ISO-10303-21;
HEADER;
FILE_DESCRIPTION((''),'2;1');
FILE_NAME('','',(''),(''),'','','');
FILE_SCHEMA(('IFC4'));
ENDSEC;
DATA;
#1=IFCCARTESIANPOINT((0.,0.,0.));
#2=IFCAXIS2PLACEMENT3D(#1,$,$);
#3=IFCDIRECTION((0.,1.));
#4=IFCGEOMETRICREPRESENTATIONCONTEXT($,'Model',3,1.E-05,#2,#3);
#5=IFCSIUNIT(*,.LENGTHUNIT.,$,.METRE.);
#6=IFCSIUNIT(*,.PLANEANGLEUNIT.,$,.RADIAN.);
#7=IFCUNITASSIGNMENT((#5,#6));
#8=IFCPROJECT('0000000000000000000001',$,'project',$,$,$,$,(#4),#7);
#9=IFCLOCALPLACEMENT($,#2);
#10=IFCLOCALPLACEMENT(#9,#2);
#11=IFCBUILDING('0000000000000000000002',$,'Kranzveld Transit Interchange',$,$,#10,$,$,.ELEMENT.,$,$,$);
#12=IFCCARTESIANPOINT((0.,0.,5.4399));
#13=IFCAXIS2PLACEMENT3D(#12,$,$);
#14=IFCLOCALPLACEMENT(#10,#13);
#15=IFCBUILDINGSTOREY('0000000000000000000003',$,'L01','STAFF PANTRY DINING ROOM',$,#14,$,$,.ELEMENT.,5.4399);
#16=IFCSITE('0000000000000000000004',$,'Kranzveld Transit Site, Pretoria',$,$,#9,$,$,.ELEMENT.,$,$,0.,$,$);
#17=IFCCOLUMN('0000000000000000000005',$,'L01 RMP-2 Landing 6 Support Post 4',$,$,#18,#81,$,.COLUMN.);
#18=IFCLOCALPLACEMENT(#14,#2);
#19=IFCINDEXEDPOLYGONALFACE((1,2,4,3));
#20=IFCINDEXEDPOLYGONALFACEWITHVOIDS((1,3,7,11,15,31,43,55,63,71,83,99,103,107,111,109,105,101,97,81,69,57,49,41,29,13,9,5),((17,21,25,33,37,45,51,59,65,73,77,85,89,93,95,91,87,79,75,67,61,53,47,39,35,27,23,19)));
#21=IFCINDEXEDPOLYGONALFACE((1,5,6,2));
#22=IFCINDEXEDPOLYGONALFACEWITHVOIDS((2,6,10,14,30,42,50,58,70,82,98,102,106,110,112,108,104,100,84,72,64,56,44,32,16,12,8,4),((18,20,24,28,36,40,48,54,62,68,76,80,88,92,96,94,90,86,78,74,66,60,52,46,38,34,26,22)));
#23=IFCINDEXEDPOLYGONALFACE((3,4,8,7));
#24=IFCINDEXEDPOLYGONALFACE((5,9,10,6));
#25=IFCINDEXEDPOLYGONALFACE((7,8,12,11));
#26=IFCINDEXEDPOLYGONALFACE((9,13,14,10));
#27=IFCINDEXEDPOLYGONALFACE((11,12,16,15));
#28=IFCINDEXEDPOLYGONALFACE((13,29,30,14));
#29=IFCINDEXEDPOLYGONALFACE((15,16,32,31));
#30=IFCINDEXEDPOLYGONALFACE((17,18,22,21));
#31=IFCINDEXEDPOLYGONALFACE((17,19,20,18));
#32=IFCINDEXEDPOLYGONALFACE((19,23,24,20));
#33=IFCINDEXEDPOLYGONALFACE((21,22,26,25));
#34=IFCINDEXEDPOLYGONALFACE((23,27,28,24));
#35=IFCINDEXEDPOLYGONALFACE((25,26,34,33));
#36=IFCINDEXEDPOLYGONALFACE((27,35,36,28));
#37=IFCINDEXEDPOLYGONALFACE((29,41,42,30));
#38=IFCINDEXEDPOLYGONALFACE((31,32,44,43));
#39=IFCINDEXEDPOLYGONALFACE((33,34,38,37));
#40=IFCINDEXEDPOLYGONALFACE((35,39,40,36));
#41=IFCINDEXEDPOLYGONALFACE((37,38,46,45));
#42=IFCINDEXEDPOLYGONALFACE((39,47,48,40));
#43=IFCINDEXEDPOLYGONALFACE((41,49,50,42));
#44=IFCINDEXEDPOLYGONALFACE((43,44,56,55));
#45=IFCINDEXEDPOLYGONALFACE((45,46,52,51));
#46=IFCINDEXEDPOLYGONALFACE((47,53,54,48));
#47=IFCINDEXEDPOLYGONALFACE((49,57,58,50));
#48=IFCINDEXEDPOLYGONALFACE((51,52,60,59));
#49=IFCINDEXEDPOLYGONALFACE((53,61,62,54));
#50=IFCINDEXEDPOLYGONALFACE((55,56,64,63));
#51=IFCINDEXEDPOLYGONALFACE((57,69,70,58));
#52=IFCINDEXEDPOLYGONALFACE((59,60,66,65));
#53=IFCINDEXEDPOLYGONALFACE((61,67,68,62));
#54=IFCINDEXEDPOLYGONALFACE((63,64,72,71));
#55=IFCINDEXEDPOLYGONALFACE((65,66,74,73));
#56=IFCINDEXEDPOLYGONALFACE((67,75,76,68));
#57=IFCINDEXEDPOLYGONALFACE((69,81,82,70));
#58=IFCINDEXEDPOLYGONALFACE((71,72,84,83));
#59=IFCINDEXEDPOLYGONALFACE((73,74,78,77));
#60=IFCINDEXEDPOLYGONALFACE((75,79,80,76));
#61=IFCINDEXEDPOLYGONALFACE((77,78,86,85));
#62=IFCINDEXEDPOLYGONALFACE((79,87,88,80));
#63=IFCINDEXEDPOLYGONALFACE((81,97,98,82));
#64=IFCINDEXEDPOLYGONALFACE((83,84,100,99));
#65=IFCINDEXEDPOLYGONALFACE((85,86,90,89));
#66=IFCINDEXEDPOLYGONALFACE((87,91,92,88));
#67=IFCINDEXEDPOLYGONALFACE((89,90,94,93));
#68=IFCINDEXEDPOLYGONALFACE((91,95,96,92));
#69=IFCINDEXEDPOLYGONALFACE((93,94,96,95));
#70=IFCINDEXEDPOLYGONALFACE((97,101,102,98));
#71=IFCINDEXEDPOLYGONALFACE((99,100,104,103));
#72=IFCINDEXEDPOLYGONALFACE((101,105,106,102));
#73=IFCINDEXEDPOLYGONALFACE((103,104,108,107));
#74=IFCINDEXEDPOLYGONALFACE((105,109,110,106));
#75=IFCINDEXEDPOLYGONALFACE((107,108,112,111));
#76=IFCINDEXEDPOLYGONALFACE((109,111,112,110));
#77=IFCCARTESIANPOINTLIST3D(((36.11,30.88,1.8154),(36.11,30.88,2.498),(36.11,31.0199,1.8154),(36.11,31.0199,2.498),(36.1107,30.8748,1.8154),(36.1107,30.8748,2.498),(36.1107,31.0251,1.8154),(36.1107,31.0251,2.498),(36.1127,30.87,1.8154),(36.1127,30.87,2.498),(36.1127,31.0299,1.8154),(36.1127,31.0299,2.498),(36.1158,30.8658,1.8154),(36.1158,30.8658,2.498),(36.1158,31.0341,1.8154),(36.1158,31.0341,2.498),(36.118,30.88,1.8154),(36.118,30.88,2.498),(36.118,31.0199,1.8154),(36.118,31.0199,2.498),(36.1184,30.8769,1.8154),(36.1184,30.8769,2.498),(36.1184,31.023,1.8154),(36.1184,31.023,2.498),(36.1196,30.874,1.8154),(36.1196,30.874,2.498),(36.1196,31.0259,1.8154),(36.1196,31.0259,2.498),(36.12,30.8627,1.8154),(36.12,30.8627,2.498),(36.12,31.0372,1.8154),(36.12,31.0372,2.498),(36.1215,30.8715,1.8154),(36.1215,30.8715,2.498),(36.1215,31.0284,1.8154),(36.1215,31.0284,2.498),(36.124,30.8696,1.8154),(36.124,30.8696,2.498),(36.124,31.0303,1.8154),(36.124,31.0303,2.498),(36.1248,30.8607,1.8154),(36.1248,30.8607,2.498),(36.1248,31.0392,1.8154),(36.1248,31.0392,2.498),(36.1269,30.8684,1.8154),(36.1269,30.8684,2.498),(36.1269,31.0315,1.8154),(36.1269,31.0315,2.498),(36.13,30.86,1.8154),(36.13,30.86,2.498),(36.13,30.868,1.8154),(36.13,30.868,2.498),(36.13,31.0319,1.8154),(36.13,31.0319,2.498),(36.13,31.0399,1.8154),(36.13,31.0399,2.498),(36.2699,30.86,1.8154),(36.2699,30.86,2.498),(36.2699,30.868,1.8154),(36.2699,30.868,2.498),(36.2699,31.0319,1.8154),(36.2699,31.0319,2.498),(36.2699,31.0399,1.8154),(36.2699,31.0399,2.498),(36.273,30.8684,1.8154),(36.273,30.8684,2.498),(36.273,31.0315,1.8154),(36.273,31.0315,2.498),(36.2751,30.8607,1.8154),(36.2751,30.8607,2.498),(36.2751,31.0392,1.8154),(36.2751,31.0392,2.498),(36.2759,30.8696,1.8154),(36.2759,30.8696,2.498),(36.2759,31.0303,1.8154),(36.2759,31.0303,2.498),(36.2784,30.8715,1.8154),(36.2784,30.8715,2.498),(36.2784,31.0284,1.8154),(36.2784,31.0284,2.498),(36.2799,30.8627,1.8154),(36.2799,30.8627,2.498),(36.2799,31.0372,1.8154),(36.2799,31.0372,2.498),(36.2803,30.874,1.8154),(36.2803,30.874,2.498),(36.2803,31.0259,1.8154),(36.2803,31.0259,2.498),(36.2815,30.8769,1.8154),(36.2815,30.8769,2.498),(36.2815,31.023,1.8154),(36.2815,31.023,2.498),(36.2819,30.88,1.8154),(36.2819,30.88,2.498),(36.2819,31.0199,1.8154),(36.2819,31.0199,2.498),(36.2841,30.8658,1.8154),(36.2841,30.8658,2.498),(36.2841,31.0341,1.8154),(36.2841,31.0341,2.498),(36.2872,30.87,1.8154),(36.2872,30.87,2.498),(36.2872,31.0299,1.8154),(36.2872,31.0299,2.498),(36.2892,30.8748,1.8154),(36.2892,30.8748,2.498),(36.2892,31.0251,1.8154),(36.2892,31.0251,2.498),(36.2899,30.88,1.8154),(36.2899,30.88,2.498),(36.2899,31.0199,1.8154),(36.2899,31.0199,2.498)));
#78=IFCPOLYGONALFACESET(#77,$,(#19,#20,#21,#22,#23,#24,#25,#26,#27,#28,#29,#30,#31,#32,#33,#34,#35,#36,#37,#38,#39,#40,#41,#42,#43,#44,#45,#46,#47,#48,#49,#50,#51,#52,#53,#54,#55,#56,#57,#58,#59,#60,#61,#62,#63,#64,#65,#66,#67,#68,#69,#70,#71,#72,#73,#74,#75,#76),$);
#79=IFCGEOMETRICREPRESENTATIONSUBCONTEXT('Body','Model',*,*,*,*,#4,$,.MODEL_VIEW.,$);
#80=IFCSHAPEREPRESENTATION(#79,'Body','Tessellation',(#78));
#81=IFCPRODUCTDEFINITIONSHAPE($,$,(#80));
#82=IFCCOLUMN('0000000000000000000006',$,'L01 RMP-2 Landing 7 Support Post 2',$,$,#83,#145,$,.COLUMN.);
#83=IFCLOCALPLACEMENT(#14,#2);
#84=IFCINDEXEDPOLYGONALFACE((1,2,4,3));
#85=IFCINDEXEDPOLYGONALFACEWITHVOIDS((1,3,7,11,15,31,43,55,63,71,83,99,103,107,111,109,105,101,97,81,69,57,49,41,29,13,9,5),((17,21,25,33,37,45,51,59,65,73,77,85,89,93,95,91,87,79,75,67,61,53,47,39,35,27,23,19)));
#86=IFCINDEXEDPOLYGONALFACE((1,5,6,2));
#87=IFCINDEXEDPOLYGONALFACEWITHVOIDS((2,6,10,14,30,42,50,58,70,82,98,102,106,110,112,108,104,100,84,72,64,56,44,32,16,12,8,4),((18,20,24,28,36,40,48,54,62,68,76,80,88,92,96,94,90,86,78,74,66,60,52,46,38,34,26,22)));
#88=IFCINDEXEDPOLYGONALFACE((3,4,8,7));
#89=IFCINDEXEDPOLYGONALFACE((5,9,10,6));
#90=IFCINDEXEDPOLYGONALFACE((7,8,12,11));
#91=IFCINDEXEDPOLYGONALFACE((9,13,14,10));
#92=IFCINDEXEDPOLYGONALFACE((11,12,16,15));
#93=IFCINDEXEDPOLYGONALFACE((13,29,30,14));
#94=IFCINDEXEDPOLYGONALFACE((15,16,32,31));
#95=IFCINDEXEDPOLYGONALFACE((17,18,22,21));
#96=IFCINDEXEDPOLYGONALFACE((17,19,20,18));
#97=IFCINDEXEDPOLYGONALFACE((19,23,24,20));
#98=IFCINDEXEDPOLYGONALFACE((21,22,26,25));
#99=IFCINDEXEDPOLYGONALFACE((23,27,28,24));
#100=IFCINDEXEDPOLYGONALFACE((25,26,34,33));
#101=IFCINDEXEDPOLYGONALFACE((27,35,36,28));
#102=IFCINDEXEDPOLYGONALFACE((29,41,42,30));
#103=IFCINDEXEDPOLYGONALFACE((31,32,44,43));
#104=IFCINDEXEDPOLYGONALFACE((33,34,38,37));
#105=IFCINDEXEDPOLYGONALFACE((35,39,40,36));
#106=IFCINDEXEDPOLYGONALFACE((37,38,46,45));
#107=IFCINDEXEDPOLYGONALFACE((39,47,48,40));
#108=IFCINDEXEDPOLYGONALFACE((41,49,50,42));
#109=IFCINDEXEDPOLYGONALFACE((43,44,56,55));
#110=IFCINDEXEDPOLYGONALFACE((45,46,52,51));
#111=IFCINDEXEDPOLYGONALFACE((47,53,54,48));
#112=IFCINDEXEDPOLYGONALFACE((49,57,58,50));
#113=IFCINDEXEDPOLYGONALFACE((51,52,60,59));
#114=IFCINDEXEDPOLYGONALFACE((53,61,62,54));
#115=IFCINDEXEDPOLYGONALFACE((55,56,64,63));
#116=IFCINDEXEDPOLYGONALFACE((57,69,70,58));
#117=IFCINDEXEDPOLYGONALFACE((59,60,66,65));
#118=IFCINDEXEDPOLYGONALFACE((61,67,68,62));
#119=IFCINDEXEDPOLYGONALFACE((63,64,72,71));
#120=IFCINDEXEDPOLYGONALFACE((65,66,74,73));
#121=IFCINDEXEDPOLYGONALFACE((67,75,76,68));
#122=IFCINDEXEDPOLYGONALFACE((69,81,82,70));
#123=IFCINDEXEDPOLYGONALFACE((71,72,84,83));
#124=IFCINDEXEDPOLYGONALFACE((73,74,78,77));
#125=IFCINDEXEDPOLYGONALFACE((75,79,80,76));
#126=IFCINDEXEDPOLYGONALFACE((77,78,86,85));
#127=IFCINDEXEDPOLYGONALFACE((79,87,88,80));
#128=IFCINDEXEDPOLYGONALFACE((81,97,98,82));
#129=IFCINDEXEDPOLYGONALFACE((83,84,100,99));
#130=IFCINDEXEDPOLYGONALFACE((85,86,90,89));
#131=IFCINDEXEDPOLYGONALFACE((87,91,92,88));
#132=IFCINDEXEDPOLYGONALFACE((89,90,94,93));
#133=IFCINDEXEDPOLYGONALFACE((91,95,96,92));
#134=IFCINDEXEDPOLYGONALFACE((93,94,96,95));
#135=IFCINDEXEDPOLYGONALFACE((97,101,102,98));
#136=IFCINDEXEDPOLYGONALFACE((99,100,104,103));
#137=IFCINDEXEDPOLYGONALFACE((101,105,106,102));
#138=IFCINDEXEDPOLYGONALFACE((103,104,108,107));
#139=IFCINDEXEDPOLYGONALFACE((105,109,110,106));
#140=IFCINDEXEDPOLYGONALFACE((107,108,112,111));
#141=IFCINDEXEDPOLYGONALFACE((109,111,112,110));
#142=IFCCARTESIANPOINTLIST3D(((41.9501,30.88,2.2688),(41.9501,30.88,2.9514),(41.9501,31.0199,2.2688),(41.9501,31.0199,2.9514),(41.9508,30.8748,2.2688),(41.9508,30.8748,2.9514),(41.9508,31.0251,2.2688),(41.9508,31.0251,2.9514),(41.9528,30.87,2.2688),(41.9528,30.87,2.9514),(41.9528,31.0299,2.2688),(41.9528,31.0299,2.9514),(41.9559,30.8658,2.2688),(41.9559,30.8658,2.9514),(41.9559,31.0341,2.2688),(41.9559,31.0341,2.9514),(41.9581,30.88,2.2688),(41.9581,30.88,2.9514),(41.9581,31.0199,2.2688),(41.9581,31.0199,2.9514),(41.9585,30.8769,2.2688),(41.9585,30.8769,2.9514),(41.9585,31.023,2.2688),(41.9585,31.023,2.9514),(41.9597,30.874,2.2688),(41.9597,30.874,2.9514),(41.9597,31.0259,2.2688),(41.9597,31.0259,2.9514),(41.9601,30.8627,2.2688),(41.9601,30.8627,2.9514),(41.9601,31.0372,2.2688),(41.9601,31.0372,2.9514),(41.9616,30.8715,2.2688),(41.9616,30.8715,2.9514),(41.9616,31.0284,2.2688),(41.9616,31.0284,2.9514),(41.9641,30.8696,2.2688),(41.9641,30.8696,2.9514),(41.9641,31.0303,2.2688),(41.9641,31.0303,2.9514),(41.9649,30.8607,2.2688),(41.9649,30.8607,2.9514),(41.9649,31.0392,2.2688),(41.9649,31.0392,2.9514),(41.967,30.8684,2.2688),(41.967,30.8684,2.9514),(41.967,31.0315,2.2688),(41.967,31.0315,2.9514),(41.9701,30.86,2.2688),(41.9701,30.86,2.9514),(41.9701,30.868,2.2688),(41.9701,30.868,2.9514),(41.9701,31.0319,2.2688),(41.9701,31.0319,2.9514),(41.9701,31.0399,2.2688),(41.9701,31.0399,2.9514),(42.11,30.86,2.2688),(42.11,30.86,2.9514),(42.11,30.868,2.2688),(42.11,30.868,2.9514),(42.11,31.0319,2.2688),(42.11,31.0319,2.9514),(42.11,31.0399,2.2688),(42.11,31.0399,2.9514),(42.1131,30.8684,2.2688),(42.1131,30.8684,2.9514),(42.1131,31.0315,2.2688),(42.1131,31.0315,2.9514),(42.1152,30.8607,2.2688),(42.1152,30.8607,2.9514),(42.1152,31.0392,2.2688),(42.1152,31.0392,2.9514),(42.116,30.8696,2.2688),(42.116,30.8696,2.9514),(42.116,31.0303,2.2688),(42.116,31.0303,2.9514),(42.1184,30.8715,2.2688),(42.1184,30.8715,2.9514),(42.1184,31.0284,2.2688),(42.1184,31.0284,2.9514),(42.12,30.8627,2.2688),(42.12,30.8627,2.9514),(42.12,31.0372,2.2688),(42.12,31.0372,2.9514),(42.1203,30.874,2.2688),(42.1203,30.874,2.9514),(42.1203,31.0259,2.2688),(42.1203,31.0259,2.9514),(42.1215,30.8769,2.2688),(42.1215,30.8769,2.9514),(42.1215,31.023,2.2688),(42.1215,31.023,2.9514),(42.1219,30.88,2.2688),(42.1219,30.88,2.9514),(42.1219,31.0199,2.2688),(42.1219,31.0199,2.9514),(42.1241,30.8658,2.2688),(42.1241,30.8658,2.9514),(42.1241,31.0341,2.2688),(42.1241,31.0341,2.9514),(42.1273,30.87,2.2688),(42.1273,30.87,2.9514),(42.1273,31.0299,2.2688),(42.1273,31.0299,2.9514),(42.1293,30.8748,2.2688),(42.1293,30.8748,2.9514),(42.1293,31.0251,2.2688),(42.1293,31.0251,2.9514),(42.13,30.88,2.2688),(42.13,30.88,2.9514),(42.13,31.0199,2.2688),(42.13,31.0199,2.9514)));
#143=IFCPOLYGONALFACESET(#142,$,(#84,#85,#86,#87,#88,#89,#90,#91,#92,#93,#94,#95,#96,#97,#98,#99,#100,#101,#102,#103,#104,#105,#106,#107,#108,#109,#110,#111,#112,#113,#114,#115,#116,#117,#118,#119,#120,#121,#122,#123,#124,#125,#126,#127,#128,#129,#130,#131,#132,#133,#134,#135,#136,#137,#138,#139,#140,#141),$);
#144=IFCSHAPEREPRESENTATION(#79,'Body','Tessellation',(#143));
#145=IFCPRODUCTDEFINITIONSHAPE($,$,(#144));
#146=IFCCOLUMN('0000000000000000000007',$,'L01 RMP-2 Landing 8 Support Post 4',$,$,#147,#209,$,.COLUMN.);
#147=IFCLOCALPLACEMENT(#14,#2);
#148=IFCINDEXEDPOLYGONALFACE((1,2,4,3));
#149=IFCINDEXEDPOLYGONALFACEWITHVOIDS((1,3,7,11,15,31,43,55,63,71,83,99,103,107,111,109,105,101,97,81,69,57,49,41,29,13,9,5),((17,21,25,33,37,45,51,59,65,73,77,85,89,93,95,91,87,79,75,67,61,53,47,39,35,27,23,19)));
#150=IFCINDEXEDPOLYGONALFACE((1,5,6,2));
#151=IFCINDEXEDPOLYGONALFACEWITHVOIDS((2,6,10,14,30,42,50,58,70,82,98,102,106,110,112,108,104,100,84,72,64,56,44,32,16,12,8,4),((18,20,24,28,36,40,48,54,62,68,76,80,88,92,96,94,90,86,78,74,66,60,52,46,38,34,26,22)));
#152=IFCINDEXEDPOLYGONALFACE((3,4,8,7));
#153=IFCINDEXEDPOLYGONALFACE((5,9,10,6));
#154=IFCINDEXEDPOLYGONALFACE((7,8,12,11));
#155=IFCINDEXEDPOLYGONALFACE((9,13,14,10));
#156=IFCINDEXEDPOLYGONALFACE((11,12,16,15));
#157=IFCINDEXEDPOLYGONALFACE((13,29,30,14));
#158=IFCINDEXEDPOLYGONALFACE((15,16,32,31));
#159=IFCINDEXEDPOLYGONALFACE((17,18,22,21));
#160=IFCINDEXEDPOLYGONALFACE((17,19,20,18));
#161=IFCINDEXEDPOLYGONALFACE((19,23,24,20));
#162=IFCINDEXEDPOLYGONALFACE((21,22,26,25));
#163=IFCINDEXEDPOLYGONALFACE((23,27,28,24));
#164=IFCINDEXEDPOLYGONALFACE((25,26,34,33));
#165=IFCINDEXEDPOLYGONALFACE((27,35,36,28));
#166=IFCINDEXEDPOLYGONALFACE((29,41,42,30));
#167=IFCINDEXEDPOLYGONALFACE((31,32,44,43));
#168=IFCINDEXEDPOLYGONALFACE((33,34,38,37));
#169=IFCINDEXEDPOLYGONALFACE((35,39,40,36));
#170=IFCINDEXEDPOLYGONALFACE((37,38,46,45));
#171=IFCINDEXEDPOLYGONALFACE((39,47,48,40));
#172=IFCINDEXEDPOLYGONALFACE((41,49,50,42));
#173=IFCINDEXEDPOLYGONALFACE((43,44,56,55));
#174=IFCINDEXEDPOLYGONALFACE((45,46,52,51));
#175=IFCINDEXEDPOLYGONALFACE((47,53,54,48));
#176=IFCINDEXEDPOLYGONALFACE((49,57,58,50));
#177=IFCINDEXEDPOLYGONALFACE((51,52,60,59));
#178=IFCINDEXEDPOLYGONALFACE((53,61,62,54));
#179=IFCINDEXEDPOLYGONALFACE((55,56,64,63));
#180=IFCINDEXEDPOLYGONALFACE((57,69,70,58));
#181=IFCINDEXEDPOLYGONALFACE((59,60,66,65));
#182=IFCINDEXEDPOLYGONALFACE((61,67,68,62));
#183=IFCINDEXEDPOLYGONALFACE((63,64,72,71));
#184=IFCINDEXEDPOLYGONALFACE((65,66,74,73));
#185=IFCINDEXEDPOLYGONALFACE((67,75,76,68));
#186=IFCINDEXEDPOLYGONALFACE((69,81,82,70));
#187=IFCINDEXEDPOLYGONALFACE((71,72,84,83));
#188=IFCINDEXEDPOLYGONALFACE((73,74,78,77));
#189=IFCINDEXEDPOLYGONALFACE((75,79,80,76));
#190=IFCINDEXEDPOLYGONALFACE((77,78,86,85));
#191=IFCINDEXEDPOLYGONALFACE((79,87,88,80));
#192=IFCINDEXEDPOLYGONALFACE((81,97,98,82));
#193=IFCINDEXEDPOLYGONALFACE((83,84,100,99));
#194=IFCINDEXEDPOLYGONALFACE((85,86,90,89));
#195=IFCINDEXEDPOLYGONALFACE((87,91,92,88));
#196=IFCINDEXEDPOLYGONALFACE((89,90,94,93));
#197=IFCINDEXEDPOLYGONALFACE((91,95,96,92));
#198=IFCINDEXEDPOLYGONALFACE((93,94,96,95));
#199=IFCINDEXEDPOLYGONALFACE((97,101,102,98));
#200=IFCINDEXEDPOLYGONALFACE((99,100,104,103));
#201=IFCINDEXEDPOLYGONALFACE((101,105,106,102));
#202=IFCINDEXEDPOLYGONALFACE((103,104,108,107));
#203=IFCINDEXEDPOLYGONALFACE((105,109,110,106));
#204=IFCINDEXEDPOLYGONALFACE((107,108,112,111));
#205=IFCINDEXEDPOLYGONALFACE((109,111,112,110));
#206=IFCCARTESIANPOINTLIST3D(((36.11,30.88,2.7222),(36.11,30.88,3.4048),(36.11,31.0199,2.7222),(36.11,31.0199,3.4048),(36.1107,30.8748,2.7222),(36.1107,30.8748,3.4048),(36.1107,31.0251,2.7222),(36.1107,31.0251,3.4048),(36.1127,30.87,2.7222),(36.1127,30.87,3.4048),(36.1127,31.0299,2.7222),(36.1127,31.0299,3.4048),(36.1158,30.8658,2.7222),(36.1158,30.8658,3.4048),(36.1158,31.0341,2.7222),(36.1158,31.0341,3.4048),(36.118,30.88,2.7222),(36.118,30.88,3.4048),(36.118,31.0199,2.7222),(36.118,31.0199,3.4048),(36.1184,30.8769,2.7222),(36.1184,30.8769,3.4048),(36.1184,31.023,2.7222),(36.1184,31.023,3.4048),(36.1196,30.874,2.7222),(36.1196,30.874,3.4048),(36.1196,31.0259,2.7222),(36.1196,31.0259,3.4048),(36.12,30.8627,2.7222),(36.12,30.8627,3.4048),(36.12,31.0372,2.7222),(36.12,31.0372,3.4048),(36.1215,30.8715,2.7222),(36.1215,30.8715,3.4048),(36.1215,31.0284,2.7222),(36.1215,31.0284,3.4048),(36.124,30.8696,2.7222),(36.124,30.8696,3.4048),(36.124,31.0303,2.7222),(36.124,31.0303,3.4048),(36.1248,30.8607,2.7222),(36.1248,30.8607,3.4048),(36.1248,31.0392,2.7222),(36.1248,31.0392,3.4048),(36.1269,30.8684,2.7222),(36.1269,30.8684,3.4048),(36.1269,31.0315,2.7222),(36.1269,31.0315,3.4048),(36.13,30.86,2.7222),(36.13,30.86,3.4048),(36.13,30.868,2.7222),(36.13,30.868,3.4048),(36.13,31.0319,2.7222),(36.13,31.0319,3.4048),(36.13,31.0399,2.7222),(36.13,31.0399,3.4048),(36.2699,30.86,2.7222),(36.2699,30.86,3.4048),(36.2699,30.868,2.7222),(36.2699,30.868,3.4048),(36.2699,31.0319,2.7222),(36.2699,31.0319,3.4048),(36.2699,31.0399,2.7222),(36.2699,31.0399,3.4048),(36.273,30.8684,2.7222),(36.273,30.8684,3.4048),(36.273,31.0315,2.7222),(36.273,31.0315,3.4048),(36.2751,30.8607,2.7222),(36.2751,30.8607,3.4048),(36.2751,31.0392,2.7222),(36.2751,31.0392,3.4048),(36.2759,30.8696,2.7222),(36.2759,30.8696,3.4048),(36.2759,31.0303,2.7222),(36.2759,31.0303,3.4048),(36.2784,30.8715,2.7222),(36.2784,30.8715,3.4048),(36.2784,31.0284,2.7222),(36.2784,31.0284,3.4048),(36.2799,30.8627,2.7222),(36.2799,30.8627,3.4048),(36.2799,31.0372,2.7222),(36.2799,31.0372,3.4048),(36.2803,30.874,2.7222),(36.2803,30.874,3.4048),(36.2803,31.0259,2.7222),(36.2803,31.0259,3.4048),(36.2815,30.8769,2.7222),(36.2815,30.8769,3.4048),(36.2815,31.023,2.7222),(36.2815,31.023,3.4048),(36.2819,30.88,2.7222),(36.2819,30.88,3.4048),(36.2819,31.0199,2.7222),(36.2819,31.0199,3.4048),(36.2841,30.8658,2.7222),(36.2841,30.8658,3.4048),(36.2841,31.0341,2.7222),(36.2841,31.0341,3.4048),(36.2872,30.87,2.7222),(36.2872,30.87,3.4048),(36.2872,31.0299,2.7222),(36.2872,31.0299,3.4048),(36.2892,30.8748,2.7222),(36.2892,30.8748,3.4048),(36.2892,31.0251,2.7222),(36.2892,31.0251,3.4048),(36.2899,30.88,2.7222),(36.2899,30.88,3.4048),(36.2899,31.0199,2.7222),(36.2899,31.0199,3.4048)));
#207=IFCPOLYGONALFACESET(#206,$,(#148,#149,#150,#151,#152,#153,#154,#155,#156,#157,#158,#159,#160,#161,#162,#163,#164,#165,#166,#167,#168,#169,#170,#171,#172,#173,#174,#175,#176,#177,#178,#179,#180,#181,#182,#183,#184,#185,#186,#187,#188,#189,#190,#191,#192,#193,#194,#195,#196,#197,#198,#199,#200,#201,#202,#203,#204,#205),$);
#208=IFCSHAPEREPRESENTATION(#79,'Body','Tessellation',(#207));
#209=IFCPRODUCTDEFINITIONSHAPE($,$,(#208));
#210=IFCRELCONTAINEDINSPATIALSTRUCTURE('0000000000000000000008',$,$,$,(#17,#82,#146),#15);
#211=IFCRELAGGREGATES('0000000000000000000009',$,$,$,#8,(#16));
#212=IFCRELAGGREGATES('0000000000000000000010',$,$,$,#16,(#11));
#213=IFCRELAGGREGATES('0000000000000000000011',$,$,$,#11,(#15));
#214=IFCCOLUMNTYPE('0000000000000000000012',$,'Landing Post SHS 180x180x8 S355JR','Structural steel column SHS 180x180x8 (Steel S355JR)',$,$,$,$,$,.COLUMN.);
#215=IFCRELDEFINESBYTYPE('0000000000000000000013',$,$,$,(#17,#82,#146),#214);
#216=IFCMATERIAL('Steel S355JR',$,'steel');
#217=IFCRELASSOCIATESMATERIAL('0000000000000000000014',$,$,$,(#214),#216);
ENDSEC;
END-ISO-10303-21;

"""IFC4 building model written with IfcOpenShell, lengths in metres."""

from ifc_helpers import new_model, si_unit, direction, frame, origin, origin_2d, place, context, subcontext, project, spatial, hollow_rectangle, extrude, material, material_profile, profile_set, type_object, element, save


model = new_model("IFC4")

# Units and contexts
model_context = context("Model", 3, precision=1e-05, world=origin(), true_north=direction((0.0, 1.0)))
body_context = subcontext(model_context, "Body", "Model", "MODEL_VIEW")
ifc_project = project(units=[si_unit("LENGTHUNIT", "METRE"), si_unit("PLANEANGLEUNIT", "RADIAN")], contexts=[model_context])

# Site, building, storey
site_placement = place(None, origin())
site = spatial("IfcSite", under=ifc_project, at=site_placement, Name="Kranzveld Transit Site, Pretoria", CompositionType="ELEMENT", RefElevation=0.0)
building_placement = place(site_placement, origin())
building = spatial("IfcBuilding", under=site, at=building_placement, Name="Kranzveld Transit Interchange", CompositionType="ELEMENT")
storey_placement = place(building_placement, frame((0.0, 0.0, 5.4399)))
storey = spatial("IfcBuildingStorey", under=building, at=storey_placement, Name="L01", Description="STAFF PANTRY DINING ROOM", CompositionType="ELEMENT", Elevation=5.4399)

# Columns
ifc_material_1 = material(Name="Steel S355JR", Category="steel")
ifc_material_profile = material_profile(ifc_material_1, hollow_rectangle(XDim=0.1799, YDim=0.1799, WallThickness=0.0081, InnerFilletRadius=0.012, OuterFilletRadius=0.02, at=origin_2d()), Name="SHS 180x180x8")
ifc_profile_set = profile_set([ifc_material_profile], Name="Steel S355JR")
column_type = type_object("IfcColumnType", Name="Landing Post SHS 180x180x8 S355JR", Description="Structural steel column SHS 180x180x8 (Steel S355JR)", PredefinedType="COLUMN", material=ifc_profile_set)
for number, where, z_axis, x_axis, name in (
    (1, (36.2, 30.95, 1.8154), (0.0, 0.0, 1.0), (1.0, 0.0, 0.0), "L01 RMP-2 Landing 6 Support Post 4"),
    (2, (42.04, 30.95, 2.2688), (0.0, 0.0, 1.0), (1.0, 0.0, 0.0), "L01 RMP-2 Landing 7 Support Post 2"),
    (3, (36.2, 30.95, 2.7222), (0.0, 0.0, 1.0), (1.0, 0.0, 0.0), "L01 RMP-2 Landing 8 Support Post 4"),
):
    element("IfcColumn", number, at=place(storey_placement, frame(where, z_axis=z_axis, x_axis=x_axis)), inside=storey, type_object=column_type, Name=name, PredefinedType="COLUMN", context=body_context, shape_type="SweptSolid", body=[
        extrude(hollow_rectangle(XDim=0.1799, YDim=0.1799, WallThickness=0.0081, InnerFilletRadius=0.012, OuterFilletRadius=0.02, at=origin_2d()), origin(), (0.0, 0.0, 1.0), 0.6826),
    ])

save(model, "model.ifc")
